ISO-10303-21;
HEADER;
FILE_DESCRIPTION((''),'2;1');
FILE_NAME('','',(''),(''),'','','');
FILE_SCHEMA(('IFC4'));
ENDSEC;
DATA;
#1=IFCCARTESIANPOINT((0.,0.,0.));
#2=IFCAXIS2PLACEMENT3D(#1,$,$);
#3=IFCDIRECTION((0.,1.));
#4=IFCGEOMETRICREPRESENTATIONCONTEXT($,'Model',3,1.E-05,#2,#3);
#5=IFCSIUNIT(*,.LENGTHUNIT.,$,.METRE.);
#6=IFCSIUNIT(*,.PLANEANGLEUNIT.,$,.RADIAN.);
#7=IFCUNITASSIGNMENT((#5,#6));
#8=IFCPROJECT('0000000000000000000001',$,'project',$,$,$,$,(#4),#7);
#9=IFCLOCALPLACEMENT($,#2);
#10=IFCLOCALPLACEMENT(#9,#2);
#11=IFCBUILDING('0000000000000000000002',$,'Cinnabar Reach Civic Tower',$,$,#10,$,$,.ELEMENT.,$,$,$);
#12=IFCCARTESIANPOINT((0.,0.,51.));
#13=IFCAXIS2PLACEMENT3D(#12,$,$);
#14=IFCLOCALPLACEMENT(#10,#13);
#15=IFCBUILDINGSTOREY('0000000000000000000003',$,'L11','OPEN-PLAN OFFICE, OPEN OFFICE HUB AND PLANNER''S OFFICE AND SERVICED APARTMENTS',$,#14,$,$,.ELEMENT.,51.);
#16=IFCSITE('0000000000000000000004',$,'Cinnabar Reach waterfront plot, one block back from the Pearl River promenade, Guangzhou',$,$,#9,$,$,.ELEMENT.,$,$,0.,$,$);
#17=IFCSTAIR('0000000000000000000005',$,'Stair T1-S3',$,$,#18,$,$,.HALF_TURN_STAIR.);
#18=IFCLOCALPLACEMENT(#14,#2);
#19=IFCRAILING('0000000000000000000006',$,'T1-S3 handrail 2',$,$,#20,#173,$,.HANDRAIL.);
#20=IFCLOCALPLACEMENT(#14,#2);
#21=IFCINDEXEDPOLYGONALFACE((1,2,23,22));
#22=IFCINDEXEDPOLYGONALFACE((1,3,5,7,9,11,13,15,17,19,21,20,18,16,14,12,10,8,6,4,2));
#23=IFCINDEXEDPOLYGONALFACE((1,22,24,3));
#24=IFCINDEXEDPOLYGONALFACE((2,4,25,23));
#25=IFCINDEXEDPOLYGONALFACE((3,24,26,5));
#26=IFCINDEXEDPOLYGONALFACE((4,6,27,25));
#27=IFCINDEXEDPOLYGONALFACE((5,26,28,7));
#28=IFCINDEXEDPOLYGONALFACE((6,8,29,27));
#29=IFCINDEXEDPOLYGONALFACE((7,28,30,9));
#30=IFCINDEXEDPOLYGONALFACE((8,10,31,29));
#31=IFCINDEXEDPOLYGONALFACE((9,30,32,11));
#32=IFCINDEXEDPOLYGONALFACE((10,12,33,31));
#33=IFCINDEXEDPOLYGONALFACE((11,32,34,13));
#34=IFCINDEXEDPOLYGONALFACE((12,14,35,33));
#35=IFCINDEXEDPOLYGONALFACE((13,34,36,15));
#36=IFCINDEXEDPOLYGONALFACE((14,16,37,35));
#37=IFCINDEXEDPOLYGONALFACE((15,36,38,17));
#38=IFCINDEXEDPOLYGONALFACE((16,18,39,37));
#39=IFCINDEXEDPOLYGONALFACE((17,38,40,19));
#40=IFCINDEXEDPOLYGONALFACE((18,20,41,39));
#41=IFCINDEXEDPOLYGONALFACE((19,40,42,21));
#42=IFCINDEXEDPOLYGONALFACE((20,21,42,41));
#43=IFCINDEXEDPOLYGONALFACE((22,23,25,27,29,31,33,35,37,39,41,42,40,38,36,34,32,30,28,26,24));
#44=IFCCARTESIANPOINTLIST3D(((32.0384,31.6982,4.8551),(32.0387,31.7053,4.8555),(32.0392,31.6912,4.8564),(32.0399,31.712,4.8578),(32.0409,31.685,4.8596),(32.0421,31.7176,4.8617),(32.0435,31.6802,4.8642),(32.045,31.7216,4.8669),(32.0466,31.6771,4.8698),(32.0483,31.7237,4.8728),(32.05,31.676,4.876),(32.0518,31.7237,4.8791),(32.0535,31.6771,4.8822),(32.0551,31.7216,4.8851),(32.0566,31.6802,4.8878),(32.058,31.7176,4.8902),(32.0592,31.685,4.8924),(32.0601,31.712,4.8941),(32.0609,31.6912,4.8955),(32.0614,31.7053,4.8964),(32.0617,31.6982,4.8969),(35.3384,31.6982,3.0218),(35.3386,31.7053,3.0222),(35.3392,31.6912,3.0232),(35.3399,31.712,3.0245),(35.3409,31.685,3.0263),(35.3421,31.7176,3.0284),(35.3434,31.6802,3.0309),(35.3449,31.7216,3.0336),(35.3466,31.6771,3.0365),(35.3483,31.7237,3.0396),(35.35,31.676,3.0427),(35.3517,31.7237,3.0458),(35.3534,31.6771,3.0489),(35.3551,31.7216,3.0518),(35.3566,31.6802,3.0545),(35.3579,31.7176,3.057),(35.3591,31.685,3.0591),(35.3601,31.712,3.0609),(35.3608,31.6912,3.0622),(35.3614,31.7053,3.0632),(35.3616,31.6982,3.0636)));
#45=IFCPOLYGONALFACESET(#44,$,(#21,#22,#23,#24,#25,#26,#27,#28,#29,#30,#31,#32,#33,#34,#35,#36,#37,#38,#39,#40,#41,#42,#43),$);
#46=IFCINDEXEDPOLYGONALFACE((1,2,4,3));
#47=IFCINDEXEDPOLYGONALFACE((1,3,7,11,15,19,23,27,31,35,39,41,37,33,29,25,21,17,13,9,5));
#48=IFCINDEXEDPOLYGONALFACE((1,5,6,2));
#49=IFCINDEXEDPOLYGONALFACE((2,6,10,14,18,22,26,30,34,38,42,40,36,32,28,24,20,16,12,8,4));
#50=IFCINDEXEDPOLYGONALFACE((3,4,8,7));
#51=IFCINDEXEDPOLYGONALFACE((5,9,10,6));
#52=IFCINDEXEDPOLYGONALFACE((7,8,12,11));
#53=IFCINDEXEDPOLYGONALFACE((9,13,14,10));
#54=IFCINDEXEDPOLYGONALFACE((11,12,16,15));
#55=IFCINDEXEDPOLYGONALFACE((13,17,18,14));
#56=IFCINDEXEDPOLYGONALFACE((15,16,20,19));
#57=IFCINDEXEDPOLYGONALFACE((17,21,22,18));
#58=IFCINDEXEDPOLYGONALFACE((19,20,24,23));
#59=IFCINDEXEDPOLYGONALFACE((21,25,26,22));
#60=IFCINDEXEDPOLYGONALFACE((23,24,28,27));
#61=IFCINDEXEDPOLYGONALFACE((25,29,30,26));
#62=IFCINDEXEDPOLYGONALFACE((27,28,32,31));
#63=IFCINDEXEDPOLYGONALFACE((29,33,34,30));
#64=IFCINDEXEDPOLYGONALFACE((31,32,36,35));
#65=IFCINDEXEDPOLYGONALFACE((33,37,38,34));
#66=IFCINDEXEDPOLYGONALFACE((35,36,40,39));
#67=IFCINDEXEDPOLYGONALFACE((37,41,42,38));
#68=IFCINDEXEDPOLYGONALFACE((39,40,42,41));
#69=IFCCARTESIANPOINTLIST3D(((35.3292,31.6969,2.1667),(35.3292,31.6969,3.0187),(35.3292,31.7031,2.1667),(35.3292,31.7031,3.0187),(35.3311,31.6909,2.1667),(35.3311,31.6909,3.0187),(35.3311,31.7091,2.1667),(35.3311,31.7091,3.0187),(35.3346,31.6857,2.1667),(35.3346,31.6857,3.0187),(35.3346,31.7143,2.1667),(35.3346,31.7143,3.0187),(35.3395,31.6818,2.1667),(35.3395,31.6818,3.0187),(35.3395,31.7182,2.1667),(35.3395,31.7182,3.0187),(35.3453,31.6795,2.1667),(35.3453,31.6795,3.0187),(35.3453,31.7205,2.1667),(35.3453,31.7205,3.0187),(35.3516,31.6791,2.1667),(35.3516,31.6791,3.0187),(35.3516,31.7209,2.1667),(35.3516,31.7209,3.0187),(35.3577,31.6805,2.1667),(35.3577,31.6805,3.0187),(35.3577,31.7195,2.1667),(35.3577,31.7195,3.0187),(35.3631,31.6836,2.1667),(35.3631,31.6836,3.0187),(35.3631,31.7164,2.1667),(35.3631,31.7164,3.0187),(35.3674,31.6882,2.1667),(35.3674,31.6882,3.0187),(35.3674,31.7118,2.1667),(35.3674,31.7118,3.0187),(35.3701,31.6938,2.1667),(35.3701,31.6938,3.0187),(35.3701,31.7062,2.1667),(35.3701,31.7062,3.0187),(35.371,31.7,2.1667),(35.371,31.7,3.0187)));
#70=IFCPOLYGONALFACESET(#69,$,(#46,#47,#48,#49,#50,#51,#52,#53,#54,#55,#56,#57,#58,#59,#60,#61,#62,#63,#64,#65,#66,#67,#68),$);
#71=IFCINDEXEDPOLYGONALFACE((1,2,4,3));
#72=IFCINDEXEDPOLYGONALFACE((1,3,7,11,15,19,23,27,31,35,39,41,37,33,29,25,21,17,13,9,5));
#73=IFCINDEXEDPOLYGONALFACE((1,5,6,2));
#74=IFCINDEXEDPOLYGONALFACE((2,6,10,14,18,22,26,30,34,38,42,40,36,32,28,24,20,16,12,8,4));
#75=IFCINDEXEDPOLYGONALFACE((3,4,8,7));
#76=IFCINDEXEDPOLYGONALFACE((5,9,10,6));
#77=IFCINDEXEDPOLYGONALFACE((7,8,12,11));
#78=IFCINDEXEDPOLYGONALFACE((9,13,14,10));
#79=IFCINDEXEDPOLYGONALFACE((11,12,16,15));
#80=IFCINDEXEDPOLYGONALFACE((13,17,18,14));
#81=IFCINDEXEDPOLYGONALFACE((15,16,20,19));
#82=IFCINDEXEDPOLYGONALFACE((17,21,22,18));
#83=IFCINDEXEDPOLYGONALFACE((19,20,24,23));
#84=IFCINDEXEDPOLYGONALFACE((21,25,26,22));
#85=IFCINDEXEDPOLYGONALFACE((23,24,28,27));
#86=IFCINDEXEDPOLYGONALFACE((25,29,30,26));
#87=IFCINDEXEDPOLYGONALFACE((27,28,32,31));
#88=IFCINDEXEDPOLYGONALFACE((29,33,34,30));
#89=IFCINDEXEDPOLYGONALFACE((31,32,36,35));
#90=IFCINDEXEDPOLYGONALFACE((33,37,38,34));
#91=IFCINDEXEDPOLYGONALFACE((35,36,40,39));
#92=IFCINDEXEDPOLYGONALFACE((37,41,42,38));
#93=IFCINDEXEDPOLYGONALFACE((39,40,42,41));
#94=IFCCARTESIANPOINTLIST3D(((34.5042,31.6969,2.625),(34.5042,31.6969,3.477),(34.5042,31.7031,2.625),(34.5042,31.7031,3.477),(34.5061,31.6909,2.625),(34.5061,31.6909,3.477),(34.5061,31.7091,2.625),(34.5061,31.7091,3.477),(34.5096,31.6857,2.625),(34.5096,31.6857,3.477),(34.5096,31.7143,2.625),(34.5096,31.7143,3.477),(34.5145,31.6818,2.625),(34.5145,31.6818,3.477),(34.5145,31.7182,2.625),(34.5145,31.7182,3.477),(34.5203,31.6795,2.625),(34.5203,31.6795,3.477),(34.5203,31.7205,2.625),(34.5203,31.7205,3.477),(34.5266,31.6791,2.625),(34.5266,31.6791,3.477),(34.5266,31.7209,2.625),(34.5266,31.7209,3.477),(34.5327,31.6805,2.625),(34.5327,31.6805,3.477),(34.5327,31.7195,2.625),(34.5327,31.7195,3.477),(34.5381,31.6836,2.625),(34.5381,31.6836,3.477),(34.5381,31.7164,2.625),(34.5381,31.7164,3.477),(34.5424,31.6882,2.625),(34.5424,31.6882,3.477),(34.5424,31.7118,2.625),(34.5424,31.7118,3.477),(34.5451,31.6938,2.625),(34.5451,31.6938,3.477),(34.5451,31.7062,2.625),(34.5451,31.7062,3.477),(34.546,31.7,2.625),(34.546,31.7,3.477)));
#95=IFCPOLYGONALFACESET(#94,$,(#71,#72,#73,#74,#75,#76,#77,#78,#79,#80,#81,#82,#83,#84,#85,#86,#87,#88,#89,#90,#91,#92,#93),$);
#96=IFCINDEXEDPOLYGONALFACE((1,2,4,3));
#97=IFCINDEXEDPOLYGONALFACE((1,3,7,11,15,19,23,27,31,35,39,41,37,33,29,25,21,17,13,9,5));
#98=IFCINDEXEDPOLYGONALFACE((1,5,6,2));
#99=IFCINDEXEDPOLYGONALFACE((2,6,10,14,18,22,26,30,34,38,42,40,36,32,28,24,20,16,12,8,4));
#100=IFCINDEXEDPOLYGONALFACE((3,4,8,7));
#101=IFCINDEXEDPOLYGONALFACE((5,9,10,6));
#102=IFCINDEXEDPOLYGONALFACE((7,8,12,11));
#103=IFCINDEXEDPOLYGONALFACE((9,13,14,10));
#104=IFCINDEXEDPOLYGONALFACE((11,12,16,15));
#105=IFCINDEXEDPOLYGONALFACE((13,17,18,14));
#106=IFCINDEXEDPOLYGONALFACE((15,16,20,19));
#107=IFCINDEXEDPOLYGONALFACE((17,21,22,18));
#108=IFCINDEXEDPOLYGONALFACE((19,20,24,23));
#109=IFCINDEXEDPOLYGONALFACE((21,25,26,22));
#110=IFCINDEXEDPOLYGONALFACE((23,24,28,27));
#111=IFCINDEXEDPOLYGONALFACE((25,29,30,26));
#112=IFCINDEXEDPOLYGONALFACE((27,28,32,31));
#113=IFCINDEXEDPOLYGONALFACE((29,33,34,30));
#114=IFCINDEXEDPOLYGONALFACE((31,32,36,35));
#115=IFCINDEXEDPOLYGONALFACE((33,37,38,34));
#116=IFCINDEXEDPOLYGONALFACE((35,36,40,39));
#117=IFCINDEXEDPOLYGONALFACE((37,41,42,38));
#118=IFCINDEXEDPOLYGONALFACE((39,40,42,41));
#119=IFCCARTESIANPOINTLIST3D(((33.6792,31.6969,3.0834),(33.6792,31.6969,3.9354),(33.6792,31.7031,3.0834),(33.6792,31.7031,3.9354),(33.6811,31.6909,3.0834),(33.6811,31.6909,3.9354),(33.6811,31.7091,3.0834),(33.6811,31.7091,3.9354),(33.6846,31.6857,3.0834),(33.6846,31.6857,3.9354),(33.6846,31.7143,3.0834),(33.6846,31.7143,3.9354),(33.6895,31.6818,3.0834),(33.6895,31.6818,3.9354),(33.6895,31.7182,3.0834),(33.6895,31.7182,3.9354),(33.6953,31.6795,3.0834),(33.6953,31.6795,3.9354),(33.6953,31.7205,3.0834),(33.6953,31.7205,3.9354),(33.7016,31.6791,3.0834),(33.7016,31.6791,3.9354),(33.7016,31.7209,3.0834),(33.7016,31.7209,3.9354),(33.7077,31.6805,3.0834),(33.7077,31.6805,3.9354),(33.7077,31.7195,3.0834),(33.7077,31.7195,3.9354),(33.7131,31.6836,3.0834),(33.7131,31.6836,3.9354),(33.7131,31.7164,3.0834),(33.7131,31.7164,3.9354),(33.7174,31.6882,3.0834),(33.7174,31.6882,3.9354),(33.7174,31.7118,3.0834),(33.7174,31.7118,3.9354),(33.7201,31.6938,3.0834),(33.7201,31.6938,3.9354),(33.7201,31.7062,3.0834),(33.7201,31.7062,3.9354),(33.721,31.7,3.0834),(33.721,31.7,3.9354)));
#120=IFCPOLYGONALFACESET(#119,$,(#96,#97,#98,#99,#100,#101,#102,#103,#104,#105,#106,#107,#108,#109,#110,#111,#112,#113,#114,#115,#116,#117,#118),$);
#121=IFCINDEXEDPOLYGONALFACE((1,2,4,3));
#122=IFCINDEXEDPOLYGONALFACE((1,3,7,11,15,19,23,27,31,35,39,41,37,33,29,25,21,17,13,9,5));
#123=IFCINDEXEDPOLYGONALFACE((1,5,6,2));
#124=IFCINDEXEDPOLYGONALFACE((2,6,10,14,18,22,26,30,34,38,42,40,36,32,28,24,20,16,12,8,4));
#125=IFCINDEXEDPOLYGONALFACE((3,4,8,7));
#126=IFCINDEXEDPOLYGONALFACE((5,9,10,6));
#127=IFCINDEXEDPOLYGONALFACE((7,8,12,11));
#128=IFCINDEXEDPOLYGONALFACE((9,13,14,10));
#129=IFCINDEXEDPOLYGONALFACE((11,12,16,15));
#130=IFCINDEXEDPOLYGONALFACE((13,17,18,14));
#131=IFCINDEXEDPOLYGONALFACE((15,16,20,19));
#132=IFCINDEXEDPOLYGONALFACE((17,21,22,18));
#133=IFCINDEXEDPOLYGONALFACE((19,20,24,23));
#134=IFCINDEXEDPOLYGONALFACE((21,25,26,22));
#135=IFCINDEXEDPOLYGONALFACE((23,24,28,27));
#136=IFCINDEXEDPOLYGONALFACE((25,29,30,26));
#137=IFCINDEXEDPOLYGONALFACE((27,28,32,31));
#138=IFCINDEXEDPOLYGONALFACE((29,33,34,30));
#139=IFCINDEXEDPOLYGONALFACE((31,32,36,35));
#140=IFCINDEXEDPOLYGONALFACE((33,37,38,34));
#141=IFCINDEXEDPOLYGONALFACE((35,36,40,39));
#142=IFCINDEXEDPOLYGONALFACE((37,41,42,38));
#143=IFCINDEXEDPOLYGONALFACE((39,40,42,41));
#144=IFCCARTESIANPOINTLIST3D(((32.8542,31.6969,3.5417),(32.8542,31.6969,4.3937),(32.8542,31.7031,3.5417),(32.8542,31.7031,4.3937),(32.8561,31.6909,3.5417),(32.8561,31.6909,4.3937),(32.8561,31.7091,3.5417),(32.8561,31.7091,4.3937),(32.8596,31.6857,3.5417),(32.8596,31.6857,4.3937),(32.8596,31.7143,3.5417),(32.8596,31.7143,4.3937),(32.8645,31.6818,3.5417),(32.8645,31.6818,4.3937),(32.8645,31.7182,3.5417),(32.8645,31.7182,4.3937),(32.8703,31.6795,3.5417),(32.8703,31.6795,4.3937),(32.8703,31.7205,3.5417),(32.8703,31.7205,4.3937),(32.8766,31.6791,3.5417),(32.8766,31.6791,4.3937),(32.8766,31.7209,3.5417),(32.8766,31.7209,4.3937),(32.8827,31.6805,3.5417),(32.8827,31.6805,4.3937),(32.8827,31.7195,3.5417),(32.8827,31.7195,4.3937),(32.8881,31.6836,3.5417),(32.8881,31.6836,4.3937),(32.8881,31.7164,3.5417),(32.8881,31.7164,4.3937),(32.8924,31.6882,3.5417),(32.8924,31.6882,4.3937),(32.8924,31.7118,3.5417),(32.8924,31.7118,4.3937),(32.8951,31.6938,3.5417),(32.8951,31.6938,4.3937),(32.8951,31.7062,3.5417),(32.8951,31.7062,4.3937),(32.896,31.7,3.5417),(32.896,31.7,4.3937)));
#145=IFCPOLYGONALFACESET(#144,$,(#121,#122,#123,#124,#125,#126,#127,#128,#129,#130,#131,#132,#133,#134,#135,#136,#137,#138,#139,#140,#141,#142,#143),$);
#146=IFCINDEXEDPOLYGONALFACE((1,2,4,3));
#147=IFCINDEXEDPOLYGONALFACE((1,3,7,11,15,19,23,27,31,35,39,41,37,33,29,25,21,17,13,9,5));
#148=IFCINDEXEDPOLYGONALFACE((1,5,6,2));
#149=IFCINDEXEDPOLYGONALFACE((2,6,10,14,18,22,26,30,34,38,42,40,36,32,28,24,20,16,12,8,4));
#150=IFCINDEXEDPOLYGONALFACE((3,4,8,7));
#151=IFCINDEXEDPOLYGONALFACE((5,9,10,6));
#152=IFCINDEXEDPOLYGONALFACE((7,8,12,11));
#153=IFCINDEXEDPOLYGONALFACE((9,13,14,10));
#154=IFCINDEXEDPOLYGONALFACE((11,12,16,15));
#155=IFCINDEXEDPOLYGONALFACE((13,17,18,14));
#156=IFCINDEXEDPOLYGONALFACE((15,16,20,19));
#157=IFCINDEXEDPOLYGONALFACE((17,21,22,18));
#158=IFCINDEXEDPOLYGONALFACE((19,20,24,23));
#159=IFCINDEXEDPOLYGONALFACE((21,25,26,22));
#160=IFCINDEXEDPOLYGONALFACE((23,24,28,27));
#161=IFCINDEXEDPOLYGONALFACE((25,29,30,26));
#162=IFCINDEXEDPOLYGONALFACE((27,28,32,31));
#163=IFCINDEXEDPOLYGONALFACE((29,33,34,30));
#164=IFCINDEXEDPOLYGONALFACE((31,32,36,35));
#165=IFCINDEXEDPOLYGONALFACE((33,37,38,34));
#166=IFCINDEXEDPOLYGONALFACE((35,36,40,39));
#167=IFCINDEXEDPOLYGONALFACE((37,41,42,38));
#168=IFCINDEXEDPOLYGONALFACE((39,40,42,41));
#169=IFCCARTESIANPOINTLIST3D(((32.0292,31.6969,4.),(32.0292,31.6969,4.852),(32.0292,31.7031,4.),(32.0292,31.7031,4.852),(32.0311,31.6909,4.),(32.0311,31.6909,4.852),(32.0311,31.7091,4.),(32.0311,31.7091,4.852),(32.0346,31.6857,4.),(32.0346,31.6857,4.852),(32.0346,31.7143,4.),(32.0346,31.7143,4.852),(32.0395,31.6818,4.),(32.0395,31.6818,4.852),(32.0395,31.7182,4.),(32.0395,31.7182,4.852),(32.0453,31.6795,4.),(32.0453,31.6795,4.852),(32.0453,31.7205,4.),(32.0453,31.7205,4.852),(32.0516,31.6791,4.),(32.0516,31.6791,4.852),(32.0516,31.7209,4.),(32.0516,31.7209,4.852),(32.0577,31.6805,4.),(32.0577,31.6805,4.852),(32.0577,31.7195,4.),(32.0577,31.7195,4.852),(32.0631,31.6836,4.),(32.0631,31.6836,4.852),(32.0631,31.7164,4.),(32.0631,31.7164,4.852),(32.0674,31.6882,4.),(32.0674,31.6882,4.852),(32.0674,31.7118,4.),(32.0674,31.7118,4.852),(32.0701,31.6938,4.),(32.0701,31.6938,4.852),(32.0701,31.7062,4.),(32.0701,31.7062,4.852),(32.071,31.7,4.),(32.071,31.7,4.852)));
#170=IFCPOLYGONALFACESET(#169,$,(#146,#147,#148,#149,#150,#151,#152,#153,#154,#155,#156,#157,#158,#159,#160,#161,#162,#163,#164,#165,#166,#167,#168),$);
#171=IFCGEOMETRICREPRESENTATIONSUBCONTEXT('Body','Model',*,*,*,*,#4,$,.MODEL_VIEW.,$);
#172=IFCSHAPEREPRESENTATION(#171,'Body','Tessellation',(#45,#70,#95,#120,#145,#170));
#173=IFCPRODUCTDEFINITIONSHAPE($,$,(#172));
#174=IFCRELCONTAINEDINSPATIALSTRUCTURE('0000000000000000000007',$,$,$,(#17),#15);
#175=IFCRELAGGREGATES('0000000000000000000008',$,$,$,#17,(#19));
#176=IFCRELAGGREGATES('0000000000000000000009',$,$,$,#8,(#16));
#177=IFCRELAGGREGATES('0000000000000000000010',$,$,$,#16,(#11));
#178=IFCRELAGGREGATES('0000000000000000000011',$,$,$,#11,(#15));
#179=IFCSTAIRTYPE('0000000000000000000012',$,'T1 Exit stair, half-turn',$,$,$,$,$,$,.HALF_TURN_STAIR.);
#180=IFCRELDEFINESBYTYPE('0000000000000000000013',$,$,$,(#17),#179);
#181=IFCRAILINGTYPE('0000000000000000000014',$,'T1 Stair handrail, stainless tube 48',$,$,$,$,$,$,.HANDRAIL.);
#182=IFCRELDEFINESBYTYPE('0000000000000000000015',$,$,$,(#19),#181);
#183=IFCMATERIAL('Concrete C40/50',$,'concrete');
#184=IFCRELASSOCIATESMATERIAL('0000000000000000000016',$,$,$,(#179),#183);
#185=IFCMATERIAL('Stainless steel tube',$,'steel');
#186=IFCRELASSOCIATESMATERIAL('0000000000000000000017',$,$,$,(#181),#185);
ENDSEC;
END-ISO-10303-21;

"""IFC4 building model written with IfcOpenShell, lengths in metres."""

from ifc_helpers import new_model, si_unit, direction, frame, origin, origin_2d, place, context, subcontext, project, spatial, circle, extrude, material, type_object, element, aggregate, save


model = new_model("IFC4")

# Units and contexts
model_context = context("Model", 3, precision=1e-05, world=origin(), true_north=direction((0.0, 1.0)))
body_context = subcontext(model_context, "Body", "Model", "MODEL_VIEW")
ifc_project = project(units=[si_unit("LENGTHUNIT", "METRE"), si_unit("PLANEANGLEUNIT", "RADIAN")], contexts=[model_context])

# Site, building, storey
site_placement = place(None, origin())
site = spatial("IfcSite", under=ifc_project, at=site_placement, Name="Cinnabar Reach waterfront plot, one block back from the Pearl River promenade, Guangzhou", CompositionType="ELEMENT", RefElevation=0.0)
building_placement = place(site_placement, origin())
building = spatial("IfcBuilding", under=site, at=building_placement, Name="Cinnabar Reach Civic Tower", CompositionType="ELEMENT")
storey_placement = place(building_placement, frame((0.0, 0.0, 51.0)))
storey = spatial("IfcBuildingStorey", under=building, at=storey_placement, Name="L11", Description="OPEN-PLAN OFFICE, OPEN OFFICE HUB AND PLANNER'S OFFICE AND SERVICED APARTMENTS", CompositionType="ELEMENT", Elevation=51.0)

# Stair, railing
ifc_material_1 = material(Name="Concrete C40/50", Category="concrete")
stair_type = type_object("IfcStairType", Name="T1 Exit stair, half-turn", PredefinedType="HALF_TURN_STAIR", material=ifc_material_1)
stair_placement = place(storey_placement, origin())
stair = element("IfcStair", 1, at=stair_placement, inside=storey, type_object=stair_type, Name="Stair T1-S3", PredefinedType="HALF_TURN_STAIR")
ifc_material_2 = material(Name="Stainless steel tube", Category="steel")
railing_type = type_object("IfcRailingType", Name="T1 Stair handrail, stainless tube 48", PredefinedType="HANDRAIL", material=ifc_material_2)
railing_placement = place(storey_placement, frame((35.35, 31.7, 2.1667)))
railing = element("IfcRailing", 2, at=railing_placement, type_object=railing_type, Name="T1-S3 handrail 2", PredefinedType="HANDRAIL", context=body_context, shape_type="SweptSolid", body=[
    extrude(circle(Radius=0.024, at=origin_2d()), frame((0.0, 0.0, 0.876), z_axis=(-0.874161, 0.0, 0.485636), x_axis=(0.0, -1.0, 0.0)), (0.0, 0.0, 1.0), 3.775),
    extrude(circle(Radius=0.021, at=origin_2d()), origin(), (0.0, 0.0, 1.0), 0.852),
    extrude(circle(Radius=0.021, at=origin_2d()), frame((-0.825, 0.0, 0.4583)), (0.0, 0.0, 1.0), 0.852),
    extrude(circle(Radius=0.021, at=origin_2d()), frame((-1.65, 0.0, 0.9167)), (0.0, 0.0, 1.0), 0.852),
    extrude(circle(Radius=0.021, at=origin_2d()), frame((-2.475, 0.0, 1.375)), (0.0, 0.0, 1.0), 0.852),
    extrude(circle(Radius=0.021, at=origin_2d()), frame((-3.3, 0.0, 1.8333)), (0.0, 0.0, 1.0), 0.852),
])
aggregate(stair, [railing])

save(model, "model.ifc")
